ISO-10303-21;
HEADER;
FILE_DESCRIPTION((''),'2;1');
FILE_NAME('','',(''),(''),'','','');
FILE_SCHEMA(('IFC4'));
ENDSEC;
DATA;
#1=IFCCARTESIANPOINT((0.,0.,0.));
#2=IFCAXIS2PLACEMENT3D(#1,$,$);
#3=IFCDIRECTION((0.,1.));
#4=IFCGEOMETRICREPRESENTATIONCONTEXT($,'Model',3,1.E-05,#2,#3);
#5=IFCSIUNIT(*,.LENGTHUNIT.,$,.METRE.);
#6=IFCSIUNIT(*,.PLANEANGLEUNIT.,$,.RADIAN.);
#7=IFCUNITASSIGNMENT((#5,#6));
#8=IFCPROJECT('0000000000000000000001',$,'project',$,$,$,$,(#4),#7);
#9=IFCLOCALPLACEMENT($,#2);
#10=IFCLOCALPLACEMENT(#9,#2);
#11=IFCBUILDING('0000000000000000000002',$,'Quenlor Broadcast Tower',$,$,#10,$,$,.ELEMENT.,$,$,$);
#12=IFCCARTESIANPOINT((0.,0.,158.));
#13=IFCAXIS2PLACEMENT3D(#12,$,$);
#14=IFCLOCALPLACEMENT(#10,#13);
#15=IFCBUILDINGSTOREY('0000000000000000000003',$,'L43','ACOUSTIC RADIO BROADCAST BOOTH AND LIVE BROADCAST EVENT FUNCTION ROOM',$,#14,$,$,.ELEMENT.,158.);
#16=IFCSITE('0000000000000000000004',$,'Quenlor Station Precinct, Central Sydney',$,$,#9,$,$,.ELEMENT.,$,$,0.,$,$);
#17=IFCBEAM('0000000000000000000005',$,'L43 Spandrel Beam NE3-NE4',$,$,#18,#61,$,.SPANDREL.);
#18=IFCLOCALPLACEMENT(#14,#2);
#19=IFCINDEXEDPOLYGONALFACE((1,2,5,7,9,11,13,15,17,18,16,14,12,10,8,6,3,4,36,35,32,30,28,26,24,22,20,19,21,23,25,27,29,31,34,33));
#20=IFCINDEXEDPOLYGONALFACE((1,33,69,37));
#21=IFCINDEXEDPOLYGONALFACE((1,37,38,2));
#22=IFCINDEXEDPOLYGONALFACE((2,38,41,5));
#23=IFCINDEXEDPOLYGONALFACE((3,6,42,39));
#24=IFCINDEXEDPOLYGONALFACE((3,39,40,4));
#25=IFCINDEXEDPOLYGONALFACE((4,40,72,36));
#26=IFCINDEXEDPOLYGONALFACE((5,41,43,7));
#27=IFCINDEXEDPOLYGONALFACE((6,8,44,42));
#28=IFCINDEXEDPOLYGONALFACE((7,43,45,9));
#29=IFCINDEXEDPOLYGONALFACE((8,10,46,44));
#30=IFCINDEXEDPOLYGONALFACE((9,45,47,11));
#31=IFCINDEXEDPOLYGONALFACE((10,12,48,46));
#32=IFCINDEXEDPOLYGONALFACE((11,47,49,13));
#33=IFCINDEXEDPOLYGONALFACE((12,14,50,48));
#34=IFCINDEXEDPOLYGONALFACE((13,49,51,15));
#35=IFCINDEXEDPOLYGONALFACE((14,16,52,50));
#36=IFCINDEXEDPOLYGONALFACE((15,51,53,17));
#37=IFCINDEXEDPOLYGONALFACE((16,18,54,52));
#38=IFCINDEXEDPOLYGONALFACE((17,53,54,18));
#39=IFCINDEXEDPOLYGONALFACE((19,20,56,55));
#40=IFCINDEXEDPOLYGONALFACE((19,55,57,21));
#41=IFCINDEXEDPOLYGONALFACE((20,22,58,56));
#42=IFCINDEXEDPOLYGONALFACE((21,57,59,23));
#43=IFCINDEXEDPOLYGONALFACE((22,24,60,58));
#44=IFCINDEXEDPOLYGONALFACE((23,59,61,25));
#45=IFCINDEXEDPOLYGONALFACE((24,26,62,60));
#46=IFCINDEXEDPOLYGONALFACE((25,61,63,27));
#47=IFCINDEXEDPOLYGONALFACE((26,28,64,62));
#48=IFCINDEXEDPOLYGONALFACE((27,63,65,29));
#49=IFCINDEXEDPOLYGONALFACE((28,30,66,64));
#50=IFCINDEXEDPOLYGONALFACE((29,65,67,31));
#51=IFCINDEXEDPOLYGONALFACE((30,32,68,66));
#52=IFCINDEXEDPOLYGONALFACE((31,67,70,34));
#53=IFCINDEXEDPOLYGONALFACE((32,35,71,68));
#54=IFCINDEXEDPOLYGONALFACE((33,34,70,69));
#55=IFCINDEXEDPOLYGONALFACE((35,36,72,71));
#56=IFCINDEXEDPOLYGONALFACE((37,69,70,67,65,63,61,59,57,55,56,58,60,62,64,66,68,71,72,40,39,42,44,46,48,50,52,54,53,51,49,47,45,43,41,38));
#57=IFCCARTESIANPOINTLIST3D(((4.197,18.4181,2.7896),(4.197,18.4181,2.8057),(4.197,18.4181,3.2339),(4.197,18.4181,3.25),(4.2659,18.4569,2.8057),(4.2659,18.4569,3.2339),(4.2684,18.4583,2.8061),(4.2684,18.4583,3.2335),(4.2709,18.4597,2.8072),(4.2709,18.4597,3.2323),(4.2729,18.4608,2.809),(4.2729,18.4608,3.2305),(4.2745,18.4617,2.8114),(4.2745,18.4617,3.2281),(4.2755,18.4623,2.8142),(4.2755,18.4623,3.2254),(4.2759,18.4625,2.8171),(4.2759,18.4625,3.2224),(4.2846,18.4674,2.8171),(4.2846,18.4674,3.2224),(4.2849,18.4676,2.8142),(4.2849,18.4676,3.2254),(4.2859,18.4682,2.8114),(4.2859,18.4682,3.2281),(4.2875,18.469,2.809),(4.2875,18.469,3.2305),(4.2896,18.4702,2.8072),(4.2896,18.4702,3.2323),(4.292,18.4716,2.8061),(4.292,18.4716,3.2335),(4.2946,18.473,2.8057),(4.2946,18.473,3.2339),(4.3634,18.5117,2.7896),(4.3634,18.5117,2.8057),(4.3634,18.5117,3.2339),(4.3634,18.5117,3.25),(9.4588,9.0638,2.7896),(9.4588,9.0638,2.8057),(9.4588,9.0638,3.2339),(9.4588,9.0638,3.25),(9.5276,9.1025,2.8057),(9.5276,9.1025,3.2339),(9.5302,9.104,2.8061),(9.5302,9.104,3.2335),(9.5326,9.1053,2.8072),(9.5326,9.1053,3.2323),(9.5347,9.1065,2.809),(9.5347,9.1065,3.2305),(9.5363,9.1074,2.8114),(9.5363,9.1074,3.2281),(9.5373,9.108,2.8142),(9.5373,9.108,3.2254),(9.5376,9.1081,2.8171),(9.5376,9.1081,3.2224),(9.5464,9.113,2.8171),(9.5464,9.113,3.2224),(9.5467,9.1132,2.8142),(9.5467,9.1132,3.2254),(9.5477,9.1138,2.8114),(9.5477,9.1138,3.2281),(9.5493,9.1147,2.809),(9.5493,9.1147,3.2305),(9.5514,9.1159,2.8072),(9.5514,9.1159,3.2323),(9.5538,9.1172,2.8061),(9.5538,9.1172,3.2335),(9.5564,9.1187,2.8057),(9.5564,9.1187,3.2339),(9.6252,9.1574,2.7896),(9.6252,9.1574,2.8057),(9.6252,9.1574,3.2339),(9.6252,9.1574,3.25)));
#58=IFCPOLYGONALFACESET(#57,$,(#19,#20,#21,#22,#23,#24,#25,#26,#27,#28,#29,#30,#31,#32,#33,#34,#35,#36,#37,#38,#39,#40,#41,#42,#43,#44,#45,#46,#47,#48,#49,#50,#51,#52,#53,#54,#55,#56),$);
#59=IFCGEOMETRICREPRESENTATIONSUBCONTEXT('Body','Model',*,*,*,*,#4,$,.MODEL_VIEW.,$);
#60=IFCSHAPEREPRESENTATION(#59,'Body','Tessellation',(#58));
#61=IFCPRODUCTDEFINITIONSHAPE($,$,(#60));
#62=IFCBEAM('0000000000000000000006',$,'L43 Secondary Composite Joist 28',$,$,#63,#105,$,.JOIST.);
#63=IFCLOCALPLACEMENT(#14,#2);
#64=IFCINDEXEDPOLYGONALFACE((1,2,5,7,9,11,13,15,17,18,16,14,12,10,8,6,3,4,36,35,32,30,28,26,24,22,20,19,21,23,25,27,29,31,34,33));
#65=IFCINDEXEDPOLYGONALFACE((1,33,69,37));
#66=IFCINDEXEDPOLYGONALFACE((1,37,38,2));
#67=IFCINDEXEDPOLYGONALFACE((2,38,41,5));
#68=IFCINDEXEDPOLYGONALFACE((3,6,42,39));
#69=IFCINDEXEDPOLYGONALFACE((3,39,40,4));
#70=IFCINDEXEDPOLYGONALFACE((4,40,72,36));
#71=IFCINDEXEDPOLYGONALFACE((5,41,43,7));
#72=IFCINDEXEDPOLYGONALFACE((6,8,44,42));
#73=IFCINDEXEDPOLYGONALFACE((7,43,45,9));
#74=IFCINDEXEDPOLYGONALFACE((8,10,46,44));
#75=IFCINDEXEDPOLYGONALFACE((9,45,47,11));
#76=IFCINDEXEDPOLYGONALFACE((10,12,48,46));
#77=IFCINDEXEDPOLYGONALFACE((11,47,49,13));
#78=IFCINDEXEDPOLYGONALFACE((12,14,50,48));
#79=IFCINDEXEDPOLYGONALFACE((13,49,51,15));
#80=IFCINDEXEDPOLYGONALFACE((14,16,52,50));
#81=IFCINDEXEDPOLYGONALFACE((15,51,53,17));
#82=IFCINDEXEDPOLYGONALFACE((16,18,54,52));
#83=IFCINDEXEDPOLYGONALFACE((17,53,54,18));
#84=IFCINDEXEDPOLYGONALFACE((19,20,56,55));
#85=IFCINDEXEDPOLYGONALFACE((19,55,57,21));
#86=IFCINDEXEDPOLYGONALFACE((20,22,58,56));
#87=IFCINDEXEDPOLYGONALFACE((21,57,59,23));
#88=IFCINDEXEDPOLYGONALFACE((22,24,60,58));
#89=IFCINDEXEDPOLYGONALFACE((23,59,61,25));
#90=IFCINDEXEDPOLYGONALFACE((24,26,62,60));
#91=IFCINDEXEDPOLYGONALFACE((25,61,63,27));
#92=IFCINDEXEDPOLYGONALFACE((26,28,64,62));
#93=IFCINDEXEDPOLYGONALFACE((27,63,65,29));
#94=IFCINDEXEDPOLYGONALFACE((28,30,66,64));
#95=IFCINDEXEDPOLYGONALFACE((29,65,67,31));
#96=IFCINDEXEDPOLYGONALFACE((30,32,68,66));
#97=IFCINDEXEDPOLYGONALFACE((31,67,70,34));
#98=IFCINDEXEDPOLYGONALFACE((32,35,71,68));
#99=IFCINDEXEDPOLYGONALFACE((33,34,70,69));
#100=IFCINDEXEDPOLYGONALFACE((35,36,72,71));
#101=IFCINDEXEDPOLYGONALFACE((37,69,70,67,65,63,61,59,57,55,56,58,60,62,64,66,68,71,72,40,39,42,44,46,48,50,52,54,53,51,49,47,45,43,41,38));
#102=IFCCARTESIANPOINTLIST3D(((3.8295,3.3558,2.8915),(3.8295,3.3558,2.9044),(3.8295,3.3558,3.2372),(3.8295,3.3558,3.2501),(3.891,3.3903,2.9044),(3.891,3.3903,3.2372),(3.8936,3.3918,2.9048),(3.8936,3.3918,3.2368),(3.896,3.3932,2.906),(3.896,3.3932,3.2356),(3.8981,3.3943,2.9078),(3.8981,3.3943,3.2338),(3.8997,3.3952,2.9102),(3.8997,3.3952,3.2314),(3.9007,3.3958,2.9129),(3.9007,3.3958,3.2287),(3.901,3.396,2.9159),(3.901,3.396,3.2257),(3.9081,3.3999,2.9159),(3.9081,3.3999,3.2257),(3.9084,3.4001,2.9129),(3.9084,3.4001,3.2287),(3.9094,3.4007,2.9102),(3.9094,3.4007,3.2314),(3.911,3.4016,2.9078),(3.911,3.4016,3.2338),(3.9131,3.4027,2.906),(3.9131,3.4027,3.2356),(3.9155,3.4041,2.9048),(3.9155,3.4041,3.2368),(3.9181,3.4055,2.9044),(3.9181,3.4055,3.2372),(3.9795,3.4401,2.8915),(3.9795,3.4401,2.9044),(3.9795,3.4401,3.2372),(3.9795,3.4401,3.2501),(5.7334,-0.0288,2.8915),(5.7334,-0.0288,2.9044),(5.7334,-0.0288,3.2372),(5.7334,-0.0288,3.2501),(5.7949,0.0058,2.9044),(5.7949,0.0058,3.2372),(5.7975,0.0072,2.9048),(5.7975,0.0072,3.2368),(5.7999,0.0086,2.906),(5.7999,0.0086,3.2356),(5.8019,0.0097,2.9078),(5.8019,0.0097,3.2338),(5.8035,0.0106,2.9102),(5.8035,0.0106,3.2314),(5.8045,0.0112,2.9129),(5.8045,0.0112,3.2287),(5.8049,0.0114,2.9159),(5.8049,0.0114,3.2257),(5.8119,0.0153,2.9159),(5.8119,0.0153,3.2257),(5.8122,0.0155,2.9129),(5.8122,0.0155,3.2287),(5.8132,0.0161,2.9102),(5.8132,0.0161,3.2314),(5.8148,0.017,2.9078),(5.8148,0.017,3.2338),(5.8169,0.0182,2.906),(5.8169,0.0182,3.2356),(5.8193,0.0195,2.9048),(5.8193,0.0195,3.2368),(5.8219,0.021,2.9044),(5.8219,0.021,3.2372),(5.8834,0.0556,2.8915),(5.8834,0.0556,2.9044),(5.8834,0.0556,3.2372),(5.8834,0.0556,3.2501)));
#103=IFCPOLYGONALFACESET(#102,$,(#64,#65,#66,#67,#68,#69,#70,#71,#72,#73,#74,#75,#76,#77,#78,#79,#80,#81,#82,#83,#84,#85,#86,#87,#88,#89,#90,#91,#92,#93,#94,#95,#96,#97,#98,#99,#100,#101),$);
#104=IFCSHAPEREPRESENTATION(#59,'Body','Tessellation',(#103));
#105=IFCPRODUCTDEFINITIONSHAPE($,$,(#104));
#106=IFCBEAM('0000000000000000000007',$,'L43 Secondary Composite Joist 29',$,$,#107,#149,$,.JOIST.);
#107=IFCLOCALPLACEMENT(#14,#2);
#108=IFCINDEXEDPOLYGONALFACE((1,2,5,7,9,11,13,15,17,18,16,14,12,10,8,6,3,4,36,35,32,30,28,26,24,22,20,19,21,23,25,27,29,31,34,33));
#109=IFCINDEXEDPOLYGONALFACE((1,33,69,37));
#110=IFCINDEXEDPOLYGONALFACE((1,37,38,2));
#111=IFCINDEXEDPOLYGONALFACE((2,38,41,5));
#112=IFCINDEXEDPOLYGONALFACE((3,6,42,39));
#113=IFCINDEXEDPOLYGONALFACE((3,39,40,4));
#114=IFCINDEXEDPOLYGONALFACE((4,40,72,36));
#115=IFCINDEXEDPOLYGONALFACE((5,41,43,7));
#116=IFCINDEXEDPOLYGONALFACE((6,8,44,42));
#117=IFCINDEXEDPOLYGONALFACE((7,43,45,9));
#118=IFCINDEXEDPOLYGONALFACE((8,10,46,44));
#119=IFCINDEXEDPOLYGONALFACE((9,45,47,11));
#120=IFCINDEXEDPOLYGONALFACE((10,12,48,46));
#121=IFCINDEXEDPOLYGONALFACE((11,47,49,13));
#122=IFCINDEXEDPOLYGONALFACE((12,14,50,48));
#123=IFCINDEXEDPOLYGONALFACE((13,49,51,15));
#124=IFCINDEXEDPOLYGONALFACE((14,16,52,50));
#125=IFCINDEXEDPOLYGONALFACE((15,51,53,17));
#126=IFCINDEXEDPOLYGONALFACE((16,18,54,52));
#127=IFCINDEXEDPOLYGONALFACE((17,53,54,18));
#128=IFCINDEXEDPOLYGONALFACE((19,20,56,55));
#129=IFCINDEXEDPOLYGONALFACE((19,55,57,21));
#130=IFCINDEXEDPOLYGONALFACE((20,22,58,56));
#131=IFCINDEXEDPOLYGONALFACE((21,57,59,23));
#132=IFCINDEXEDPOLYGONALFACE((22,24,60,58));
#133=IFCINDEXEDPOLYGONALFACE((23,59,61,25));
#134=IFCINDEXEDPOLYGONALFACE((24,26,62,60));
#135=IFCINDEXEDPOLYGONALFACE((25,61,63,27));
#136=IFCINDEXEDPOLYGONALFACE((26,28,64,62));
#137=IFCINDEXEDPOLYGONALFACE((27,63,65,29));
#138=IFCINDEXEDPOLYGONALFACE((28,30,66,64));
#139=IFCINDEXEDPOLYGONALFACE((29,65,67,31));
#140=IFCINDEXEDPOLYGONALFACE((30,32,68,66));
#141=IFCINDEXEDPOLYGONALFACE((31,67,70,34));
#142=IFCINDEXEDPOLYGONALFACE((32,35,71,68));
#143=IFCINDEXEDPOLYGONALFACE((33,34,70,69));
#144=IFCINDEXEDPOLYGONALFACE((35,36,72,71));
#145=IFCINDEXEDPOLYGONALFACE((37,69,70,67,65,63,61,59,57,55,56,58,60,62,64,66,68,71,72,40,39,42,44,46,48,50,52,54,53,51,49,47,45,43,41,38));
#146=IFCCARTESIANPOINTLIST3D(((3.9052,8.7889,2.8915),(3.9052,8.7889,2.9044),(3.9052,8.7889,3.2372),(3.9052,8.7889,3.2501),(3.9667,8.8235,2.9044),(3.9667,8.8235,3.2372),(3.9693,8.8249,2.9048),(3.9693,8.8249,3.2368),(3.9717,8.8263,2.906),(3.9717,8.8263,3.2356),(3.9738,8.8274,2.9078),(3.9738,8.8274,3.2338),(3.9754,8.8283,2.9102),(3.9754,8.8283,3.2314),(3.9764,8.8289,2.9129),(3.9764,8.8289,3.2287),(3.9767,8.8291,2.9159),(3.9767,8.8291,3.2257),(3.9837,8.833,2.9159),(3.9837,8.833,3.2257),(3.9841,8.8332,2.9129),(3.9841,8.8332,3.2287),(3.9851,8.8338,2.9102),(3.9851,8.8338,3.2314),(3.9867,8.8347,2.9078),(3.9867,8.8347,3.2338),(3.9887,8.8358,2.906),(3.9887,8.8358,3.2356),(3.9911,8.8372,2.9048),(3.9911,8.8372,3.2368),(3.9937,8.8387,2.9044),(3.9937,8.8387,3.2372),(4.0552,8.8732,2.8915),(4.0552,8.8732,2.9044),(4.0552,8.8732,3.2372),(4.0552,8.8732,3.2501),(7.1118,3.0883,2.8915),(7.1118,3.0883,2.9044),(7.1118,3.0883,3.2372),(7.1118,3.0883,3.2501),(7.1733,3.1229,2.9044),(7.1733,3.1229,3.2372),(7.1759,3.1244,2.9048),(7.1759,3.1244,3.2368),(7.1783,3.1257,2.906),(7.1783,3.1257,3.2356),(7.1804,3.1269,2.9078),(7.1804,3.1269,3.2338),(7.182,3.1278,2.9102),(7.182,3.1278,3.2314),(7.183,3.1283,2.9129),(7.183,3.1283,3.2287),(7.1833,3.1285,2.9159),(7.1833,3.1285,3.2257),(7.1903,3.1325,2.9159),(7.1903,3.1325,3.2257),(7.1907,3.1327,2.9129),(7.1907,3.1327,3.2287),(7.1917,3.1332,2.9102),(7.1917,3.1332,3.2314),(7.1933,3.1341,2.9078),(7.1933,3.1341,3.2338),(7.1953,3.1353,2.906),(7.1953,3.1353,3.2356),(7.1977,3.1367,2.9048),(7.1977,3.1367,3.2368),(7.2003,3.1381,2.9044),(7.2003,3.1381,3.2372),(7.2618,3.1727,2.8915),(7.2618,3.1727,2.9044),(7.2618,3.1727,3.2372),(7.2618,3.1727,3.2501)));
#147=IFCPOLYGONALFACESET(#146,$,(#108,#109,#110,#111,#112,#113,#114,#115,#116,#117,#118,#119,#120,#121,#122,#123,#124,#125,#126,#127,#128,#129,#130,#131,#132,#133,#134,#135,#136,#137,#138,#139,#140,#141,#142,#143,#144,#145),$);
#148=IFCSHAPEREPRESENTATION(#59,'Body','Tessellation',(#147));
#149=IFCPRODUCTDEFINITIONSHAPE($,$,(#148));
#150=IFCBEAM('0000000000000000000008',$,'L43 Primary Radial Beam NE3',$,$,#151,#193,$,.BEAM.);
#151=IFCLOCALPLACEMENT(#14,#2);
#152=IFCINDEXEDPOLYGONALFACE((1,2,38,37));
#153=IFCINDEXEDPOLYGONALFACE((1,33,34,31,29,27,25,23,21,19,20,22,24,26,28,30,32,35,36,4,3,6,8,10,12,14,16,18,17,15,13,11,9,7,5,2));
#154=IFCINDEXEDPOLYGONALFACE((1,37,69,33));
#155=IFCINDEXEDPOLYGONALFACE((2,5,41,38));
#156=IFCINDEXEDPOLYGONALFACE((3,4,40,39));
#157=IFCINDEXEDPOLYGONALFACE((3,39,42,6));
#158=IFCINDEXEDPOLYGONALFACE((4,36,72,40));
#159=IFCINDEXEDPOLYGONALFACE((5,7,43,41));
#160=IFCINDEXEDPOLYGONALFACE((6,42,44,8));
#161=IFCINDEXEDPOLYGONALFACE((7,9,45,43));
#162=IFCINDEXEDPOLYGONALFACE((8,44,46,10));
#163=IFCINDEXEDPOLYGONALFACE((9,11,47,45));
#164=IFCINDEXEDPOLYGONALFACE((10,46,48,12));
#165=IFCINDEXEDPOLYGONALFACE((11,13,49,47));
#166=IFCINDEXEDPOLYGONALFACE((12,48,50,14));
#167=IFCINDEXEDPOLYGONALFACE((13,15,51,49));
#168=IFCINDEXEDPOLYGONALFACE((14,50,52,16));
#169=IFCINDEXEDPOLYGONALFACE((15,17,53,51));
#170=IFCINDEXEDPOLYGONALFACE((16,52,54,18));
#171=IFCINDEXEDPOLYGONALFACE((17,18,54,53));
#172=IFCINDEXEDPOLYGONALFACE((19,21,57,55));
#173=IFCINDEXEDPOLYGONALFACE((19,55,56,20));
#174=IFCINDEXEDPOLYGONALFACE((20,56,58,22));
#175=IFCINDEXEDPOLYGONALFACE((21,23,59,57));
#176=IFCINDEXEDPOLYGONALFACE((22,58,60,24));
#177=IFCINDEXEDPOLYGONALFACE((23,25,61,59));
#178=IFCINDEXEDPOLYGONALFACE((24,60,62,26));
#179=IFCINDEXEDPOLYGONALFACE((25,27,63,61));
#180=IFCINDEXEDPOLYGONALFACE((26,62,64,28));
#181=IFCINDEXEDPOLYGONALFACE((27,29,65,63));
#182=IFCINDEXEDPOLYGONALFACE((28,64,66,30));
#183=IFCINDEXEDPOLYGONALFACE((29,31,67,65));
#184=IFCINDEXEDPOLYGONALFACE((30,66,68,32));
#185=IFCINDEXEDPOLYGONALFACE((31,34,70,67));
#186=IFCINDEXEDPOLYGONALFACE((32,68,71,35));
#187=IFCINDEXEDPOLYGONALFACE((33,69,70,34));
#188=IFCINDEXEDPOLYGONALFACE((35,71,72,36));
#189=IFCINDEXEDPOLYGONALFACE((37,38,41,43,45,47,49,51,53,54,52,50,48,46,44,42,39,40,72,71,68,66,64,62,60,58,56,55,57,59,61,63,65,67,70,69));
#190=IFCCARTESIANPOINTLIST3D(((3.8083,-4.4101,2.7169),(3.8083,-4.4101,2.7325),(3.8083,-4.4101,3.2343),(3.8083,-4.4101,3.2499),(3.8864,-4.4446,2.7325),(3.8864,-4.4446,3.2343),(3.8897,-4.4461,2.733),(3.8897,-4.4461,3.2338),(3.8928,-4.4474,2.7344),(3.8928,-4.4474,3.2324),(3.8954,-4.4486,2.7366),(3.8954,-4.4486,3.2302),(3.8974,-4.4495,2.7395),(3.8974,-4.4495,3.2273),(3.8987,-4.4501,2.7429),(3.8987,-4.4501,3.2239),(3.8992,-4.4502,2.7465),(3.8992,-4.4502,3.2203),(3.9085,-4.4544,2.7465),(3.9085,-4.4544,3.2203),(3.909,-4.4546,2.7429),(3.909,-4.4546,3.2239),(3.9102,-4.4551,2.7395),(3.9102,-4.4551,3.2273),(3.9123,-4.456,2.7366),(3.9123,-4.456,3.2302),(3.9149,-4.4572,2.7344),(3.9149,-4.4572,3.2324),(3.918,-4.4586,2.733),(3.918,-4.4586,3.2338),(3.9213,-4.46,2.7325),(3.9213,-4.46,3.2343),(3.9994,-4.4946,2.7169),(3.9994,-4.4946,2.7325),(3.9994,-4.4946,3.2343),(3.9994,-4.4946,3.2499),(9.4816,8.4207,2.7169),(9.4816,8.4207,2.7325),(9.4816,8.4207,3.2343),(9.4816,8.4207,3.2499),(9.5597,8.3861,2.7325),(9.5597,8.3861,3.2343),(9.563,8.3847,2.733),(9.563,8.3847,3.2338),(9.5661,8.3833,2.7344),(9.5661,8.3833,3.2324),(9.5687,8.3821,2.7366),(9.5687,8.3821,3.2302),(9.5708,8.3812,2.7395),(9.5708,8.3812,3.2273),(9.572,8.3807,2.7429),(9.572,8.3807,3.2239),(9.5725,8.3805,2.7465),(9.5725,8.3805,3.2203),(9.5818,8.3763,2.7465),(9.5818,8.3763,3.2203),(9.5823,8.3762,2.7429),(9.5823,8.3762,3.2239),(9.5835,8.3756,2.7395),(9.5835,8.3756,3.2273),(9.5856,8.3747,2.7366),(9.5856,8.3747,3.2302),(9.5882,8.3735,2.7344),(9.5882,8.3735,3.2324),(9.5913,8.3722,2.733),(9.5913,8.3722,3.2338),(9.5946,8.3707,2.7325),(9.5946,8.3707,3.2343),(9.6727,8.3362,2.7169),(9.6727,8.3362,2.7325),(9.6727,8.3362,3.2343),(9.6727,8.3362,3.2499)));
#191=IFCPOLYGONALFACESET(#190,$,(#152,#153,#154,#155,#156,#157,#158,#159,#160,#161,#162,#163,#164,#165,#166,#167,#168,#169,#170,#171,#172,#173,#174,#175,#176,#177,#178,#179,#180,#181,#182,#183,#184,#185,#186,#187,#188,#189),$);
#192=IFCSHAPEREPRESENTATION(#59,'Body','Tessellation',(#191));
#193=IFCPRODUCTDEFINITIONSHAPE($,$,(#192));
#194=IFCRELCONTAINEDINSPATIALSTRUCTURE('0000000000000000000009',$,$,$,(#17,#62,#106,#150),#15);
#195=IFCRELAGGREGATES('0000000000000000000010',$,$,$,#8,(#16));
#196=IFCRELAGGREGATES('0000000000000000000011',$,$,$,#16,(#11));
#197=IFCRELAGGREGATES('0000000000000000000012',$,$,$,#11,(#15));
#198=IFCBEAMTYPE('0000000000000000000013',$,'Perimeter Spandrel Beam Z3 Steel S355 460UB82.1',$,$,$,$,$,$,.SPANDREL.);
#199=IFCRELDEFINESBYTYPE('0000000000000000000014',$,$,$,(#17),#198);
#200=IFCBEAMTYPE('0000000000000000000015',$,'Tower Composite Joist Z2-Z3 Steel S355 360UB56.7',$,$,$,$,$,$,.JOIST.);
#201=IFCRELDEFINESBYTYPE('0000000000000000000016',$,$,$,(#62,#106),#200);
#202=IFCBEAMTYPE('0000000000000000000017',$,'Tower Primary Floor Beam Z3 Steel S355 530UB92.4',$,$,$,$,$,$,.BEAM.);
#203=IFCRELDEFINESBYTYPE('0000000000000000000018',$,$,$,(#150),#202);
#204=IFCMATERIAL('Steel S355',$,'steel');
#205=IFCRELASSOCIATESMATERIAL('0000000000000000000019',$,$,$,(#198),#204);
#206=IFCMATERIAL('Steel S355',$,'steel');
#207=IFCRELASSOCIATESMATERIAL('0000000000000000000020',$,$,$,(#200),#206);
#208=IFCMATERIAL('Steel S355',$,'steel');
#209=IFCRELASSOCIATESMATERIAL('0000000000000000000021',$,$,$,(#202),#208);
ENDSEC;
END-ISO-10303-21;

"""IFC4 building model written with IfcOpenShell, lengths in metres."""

from ifc_helpers import new_model, si_unit, direction, frame, origin, origin_2d, place, context, subcontext, project, spatial, i_section, extrude, material, material_profile, profile_set, type_object, element, save


model = new_model("IFC4")

# Units and contexts
model_context = context("Model", 3, precision=1e-05, world=origin(), true_north=direction((0.0, 1.0)))
body_context = subcontext(model_context, "Body", "Model", "MODEL_VIEW")
ifc_project = project(units=[si_unit("LENGTHUNIT", "METRE"), si_unit("PLANEANGLEUNIT", "RADIAN")], contexts=[model_context])

# Site, building, storey
site_placement = place(None, origin())
site = spatial("IfcSite", under=ifc_project, at=site_placement, Name="Quenlor Station Precinct, Central Sydney", CompositionType="ELEMENT", RefElevation=0.0)
building_placement = place(site_placement, origin())
building = spatial("IfcBuilding", under=site, at=building_placement, Name="Quenlor Broadcast Tower", CompositionType="ELEMENT")
storey_placement = place(building_placement, frame((0.0, 0.0, 158.0)))
storey = spatial("IfcBuildingStorey", under=building, at=storey_placement, Name="L43", Description="ACOUSTIC RADIO BROADCAST BOOTH AND LIVE BROADCAST EVENT FUNCTION ROOM", CompositionType="ELEMENT", Elevation=158.0)

# Beams
ifc_material_1 = material(Name="Steel S355", Category="steel")
ifc_material_profile_1 = material_profile(ifc_material_1, i_section(OverallWidth=0.1909, OverallDepth=0.4604, WebThickness=0.01, FlangeThickness=0.0161, FilletRadius=0.0115, at=origin_2d()))
ifc_profile_set_1 = profile_set([ifc_material_profile_1], Name="Steel S355 460UB82.1")
beam_type_1 = type_object("IfcBeamType", Name="Perimeter Spandrel Beam Z3 Steel S355 460UB82.1", PredefinedType="SPANDREL", material=ifc_profile_set_1)
beam_1_placement = place(storey_placement, frame((9.542, 9.1106, 3.0198), z_axis=(-0.490258, 0.871577, 0.0), x_axis=(-0.871577, -0.490258, 0.0)))
element("IfcBeam", 1, at=beam_1_placement, inside=storey, type_object=beam_type_1, Name="L43 Spandrel Beam NE3-NE4", PredefinedType="SPANDREL", context=body_context, shape_type="SweptSolid", body=[
    extrude(i_section(OverallWidth=0.1909, OverallDepth=0.4604, WebThickness=0.01, FlangeThickness=0.0161, FilletRadius=0.0115, at=origin_2d()), origin(), (0.0, 0.0, 1.0), 10.7327),
])
ifc_material_2 = material(Name="Steel S355", Category="steel")
ifc_material_profile_2 = material_profile(ifc_material_2, i_section(OverallWidth=0.1721, OverallDepth=0.3586, WebThickness=0.0081, FlangeThickness=0.0129, FilletRadius=0.0115, at=origin_2d()))
ifc_profile_set_2 = profile_set([ifc_material_profile_2], Name="Steel S355 360UB56.7")
beam_type_2 = type_object("IfcBeamType", Name="Tower Composite Joist Z2-Z3 Steel S355 360UB56.7", PredefinedType="JOIST", material=ifc_profile_set_2)
beam_2_placement = place(storey_placement, frame((3.9045, 3.3979, 3.0708), z_axis=(0.490264, -0.871574, 0.0), x_axis=(0.871574, 0.490264, 0.0)))
element("IfcBeam", 2, at=beam_2_placement, inside=storey, type_object=beam_type_2, Name="L43 Secondary Composite Joist 28", PredefinedType="JOIST", context=body_context, shape_type="SweptSolid", body=[
    extrude(i_section(OverallWidth=0.1721, OverallDepth=0.3586, WebThickness=0.0081, FlangeThickness=0.0129, FilletRadius=0.0115, at=origin_2d()), origin(), (0.0, 0.0, 1.0), 3.8833),
])
beam_3_placement = place(storey_placement, frame((3.9802, 8.8311, 3.0708), z_axis=(0.490267, -0.871573, 0.0), x_axis=(0.871573, 0.490267, 0.0)))
element("IfcBeam", 3, at=beam_3_placement, inside=storey, type_object=beam_type_2, Name="L43 Secondary Composite Joist 29", PredefinedType="JOIST", context=body_context, shape_type="SweptSolid", body=[
    extrude(i_section(OverallWidth=0.1721, OverallDepth=0.3586, WebThickness=0.0081, FlangeThickness=0.0129, FilletRadius=0.0115, at=origin_2d()), origin(), (0.0, 0.0, 1.0), 6.5405),
])
ifc_material_3 = material(Name="Steel S355", Category="steel")
ifc_material_profile_3 = material_profile(ifc_material_3, i_section(OverallWidth=0.209, OverallDepth=0.533, WebThickness=0.0103, FlangeThickness=0.0156, FilletRadius=0.0139, at=origin_2d()))
ifc_profile_set_3 = profile_set([ifc_material_profile_3], Name="Steel S355 530UB92.4")
beam_type_3 = type_object("IfcBeamType", Name="Tower Primary Floor Beam Z3 Steel S355 530UB92.4", PredefinedType="BEAM", material=ifc_profile_set_3)
beam_4_placement = place(storey_placement, frame((9.5771, 8.3784, 2.9834), z_axis=(-0.404397, -0.914583, 0.0), x_axis=(0.914583, -0.404397, 0.0)))
element("IfcBeam", 4, at=beam_4_placement, inside=storey, type_object=beam_type_3, Name="L43 Primary Radial Beam NE3", PredefinedType="BEAM", context=body_context, shape_type="SweptSolid", body=[
    extrude(i_section(OverallWidth=0.209, OverallDepth=0.533, WebThickness=0.0103, FlangeThickness=0.0156, FilletRadius=0.0139, at=origin_2d()), origin(), (0.0, 0.0, 1.0), 14.0291),
])

save(model, "model.ifc")
